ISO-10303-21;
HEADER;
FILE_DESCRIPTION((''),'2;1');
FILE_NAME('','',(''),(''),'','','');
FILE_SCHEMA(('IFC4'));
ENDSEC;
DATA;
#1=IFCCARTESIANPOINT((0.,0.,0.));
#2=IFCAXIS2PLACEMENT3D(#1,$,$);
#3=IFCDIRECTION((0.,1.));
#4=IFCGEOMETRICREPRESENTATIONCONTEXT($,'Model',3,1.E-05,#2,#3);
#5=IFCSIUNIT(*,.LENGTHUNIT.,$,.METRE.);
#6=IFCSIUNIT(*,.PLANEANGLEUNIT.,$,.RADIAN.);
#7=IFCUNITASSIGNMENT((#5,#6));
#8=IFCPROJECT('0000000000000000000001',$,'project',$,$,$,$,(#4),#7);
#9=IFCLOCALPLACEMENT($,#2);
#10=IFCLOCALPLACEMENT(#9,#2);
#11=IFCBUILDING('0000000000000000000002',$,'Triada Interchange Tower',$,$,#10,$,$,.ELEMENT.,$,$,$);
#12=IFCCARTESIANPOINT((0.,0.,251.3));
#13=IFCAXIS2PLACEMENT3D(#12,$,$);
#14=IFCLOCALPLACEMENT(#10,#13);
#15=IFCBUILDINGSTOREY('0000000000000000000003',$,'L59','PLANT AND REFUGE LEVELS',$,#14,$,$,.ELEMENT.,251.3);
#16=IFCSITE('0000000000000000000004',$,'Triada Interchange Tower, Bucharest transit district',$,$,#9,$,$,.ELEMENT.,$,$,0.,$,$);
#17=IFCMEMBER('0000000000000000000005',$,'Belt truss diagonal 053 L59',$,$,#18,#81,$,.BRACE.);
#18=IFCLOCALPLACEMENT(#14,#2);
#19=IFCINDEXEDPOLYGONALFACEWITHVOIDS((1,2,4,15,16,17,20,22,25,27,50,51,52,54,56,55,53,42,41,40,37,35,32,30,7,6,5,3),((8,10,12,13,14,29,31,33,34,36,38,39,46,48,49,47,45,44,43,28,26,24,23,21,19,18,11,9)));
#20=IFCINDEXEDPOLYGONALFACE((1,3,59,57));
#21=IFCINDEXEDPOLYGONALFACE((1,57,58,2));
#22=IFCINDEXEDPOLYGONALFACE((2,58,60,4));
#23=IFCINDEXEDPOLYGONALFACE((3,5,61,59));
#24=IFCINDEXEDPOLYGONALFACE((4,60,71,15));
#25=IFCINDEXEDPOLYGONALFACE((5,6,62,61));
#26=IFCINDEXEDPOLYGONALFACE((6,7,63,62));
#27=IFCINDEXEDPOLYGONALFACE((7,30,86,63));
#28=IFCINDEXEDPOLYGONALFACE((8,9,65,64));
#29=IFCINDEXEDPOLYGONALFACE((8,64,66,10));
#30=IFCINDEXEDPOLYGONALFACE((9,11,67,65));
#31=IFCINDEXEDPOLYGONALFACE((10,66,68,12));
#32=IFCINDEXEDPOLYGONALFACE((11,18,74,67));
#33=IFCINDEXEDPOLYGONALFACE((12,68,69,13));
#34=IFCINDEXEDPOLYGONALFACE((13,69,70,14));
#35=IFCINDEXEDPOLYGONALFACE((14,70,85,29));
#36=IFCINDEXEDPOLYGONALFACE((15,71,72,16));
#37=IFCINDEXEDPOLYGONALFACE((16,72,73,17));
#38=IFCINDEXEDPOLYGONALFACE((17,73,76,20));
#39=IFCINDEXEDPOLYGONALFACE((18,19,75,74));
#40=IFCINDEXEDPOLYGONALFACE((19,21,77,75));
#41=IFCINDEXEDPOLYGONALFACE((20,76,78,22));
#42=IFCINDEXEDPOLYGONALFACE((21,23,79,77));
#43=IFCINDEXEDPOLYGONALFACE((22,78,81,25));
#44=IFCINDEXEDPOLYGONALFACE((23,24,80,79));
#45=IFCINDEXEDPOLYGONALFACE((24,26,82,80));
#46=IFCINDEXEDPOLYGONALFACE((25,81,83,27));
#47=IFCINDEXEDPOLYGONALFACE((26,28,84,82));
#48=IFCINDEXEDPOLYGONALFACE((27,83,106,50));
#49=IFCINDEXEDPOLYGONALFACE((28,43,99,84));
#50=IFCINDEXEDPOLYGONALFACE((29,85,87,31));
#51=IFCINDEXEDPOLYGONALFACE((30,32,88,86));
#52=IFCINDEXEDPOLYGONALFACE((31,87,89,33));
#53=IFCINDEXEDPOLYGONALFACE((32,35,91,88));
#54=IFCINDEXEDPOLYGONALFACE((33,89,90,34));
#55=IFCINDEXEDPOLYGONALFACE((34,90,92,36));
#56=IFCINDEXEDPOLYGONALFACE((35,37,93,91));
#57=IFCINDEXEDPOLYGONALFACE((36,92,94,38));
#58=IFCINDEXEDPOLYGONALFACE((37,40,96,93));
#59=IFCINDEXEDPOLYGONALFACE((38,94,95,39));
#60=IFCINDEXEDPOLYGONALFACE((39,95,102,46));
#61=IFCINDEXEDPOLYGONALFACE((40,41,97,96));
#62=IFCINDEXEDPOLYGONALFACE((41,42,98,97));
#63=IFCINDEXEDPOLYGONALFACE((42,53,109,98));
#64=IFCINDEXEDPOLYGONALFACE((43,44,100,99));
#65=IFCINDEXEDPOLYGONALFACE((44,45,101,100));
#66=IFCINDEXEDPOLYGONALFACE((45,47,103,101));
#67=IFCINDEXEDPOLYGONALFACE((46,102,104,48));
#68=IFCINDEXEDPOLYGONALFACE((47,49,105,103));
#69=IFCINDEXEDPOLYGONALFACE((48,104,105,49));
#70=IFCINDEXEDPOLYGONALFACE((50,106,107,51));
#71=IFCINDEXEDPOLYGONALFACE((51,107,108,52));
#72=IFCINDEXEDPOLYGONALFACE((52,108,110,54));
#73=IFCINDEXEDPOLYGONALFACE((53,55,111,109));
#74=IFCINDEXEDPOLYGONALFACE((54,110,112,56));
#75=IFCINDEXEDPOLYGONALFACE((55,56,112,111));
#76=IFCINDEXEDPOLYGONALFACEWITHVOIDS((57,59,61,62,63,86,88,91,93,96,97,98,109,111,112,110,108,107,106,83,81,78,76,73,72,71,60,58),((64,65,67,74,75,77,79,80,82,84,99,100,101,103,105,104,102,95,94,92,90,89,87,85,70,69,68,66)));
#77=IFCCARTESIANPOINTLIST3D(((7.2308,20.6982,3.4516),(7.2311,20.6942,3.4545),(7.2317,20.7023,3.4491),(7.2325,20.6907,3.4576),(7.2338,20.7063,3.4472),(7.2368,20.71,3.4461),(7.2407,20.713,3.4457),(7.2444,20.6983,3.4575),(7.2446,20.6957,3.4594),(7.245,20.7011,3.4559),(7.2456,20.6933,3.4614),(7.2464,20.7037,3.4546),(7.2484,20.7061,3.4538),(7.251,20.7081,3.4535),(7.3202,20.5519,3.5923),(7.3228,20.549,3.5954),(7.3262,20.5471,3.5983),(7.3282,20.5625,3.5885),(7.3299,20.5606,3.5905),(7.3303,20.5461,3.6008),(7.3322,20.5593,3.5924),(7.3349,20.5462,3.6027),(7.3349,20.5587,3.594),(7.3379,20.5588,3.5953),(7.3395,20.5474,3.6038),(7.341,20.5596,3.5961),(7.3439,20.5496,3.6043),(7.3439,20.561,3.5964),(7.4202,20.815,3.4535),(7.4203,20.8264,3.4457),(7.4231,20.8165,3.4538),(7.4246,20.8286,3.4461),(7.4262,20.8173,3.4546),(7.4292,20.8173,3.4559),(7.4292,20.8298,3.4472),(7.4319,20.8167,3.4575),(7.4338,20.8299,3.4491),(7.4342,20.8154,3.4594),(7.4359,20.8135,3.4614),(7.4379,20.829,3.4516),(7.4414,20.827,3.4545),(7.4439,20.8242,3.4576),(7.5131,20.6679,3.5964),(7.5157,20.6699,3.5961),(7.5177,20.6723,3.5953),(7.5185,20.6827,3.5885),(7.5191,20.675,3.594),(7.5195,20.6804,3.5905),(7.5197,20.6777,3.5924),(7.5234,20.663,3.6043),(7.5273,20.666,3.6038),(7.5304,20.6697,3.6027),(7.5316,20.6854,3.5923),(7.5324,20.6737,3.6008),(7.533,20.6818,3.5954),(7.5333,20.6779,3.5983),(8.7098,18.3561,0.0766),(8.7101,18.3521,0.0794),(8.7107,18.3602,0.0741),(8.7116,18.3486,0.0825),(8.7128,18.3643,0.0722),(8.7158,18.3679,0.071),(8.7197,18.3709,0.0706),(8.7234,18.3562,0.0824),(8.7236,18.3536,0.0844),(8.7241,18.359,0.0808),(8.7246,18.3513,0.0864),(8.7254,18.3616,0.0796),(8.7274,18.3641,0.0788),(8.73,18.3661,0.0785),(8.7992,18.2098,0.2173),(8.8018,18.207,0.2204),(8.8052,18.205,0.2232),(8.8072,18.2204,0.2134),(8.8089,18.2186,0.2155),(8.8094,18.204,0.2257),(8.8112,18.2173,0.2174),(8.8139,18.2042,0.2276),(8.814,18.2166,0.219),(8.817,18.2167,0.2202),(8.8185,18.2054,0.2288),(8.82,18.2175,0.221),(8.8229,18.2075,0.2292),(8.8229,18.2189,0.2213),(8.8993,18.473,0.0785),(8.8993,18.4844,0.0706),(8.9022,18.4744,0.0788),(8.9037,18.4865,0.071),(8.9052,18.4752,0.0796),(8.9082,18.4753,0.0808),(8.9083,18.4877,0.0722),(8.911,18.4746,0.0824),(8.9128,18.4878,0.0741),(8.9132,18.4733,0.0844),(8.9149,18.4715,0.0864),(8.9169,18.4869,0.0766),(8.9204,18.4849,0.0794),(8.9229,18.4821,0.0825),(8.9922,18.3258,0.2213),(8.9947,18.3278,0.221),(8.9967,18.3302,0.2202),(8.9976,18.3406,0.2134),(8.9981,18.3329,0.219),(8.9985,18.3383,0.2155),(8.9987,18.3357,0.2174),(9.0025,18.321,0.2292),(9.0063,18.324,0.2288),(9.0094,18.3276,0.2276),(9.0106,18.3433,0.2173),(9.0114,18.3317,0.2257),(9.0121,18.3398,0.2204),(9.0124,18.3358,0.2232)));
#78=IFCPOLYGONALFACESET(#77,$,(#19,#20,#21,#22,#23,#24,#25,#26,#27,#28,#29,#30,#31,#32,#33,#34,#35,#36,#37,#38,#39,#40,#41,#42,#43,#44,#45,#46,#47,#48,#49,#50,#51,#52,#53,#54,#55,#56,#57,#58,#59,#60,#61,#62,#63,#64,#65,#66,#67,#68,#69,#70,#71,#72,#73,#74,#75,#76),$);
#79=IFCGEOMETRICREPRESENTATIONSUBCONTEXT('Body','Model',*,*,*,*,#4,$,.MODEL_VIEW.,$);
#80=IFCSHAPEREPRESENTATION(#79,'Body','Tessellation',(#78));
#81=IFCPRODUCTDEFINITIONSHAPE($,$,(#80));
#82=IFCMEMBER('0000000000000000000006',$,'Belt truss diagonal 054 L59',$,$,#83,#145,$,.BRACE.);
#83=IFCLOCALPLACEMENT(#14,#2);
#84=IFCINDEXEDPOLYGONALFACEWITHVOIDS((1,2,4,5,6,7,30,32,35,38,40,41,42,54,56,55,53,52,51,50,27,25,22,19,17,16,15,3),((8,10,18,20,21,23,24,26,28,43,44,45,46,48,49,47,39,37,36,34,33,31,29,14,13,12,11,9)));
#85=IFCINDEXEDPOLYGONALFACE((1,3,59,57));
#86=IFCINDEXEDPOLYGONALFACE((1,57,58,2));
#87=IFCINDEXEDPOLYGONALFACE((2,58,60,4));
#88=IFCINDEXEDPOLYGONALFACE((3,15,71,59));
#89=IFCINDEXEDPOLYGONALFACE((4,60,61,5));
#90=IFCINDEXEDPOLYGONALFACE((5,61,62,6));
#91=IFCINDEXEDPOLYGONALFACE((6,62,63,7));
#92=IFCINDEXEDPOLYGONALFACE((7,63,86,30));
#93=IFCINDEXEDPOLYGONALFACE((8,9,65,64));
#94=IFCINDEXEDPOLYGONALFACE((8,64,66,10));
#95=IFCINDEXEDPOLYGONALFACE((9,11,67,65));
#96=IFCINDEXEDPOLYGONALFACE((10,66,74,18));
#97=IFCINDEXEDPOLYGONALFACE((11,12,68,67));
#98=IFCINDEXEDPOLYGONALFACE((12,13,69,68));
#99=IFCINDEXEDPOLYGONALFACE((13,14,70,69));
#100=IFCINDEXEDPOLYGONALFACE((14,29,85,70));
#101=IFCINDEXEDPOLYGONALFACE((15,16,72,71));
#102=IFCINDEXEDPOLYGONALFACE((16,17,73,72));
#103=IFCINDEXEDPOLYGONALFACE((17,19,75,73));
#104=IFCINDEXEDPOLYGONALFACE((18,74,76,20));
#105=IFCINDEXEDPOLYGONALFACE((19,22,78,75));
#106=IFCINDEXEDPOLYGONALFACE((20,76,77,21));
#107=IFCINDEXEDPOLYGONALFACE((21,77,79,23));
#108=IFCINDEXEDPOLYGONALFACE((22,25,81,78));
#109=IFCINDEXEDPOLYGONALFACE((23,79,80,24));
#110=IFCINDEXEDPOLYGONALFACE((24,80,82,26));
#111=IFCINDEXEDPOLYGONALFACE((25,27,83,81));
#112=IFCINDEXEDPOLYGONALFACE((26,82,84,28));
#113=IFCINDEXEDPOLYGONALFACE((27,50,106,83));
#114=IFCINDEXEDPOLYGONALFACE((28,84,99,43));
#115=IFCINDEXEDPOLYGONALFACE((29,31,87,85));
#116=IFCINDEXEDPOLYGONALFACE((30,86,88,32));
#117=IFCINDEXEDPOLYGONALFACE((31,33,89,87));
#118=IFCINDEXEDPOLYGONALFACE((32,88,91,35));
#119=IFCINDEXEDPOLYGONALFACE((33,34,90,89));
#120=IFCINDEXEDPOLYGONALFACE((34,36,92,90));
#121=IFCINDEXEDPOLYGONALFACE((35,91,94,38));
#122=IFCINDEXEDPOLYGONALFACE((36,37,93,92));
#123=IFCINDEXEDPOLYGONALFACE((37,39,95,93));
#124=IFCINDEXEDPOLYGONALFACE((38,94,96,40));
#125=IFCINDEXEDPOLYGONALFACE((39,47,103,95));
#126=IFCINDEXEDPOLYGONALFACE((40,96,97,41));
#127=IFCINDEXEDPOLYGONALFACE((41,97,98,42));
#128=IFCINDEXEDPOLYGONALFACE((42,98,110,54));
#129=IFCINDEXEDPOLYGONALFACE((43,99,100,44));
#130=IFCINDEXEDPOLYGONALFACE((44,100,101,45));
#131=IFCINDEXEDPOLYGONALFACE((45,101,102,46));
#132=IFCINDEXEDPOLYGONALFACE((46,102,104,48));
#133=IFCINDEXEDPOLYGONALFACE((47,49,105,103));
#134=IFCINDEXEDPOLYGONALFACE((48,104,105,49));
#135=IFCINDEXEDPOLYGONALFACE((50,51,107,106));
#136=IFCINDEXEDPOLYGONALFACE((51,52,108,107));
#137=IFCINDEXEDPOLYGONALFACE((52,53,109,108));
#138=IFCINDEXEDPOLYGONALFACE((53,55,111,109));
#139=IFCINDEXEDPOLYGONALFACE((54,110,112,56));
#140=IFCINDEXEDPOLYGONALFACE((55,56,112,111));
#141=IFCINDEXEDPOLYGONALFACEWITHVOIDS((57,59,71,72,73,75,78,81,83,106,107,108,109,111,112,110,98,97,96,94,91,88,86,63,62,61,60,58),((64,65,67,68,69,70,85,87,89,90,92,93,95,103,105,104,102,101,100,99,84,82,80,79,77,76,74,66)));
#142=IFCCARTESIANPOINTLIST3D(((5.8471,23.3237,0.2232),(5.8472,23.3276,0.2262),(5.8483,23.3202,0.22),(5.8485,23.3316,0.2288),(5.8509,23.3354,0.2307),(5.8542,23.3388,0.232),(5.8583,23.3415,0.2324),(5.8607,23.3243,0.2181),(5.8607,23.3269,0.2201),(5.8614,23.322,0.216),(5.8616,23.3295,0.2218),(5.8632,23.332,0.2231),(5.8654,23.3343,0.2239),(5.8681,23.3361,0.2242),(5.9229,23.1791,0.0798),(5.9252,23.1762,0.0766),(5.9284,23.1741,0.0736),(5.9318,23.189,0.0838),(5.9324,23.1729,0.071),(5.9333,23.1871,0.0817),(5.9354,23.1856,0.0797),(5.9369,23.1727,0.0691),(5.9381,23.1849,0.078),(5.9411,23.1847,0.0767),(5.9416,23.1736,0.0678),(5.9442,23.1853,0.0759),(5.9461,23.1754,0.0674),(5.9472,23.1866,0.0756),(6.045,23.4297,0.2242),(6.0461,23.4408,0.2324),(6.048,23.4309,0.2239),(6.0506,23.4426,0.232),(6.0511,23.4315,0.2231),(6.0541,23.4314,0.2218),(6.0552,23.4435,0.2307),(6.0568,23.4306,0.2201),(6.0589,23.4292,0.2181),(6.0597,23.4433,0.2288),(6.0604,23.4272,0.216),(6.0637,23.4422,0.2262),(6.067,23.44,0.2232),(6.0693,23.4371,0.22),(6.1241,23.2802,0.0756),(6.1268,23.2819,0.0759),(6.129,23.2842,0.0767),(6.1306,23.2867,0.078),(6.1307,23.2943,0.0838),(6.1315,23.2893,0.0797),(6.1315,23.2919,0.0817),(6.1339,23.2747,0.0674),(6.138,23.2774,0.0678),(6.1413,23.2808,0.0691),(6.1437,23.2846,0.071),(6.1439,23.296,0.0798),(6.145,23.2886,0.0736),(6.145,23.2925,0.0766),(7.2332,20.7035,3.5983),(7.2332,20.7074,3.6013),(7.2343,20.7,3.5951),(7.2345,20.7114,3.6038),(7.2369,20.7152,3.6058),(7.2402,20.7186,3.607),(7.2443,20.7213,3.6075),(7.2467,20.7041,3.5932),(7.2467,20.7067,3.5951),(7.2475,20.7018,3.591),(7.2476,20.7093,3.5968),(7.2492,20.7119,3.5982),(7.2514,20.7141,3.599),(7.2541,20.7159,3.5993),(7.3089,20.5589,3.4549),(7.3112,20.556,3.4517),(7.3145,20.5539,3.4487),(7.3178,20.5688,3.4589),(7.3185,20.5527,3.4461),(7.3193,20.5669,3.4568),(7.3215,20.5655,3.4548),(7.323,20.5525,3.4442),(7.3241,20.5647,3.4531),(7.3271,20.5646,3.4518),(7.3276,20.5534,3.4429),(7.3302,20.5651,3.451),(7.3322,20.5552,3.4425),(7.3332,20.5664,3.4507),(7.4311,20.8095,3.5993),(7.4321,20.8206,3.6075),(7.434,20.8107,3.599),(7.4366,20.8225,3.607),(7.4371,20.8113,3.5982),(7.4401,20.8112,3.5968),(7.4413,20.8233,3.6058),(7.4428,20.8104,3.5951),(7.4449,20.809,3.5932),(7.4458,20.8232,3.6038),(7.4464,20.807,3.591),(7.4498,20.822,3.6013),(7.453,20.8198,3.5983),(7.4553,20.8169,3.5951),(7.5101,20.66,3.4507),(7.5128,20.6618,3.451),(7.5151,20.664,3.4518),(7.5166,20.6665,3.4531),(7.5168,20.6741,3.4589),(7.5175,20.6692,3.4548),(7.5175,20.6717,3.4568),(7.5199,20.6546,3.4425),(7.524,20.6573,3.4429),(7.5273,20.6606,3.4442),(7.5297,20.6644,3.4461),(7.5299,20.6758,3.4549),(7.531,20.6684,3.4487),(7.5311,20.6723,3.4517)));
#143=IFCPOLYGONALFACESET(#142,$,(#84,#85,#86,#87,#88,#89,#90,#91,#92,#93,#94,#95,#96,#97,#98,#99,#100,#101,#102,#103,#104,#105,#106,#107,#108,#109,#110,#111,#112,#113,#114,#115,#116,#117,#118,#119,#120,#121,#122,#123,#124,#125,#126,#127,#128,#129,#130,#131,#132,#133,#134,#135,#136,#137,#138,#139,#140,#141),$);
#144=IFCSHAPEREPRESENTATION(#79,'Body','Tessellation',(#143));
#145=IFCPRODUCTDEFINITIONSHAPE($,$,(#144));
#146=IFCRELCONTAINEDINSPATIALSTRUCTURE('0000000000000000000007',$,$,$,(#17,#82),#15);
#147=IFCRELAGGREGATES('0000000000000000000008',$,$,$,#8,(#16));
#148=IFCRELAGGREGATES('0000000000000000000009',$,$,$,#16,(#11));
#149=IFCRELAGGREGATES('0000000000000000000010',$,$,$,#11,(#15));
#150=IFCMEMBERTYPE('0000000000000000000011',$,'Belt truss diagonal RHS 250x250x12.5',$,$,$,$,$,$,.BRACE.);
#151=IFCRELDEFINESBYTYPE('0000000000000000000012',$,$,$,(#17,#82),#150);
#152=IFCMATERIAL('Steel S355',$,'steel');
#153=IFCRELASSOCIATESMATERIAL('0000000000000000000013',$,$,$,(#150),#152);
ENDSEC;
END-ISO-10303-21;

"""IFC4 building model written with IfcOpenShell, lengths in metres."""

from ifc_helpers import new_model, si_unit, direction, frame, origin, origin_2d, place, context, subcontext, project, spatial, hollow_rectangle, extrude, material, material_profile, profile_set, type_object, element, save


model = new_model("IFC4")

# Units and contexts
model_context = context("Model", 3, precision=1e-05, world=origin(), true_north=direction((0.0, 1.0)))
body_context = subcontext(model_context, "Body", "Model", "MODEL_VIEW")
ifc_project = project(units=[si_unit("LENGTHUNIT", "METRE"), si_unit("PLANEANGLEUNIT", "RADIAN")], contexts=[model_context])

# Site, building, storey
site_placement = place(None, origin())
site = spatial("IfcSite", under=ifc_project, at=site_placement, Name="Triada Interchange Tower, Bucharest transit district", CompositionType="ELEMENT", RefElevation=0.0)
building_placement = place(site_placement, origin())
building = spatial("IfcBuilding", under=site, at=building_placement, Name="Triada Interchange Tower", CompositionType="ELEMENT")
storey_placement = place(building_placement, frame((0.0, 0.0, 251.3)))
storey = spatial("IfcBuildingStorey", under=building, at=storey_placement, Name="L59", Description="PLANT AND REFUGE LEVELS", CompositionType="ELEMENT", Elevation=251.3)

# Members
ifc_material_1 = material(Name="Steel S355", Category="steel")
ifc_material_profile_1 = material_profile(ifc_material_1, hollow_rectangle(XDim=0.25, YDim=0.25, WallThickness=0.0125, InnerFilletRadius=0.0125, OuterFilletRadius=0.0188, at=origin_2d()), Name="RHS 250x250x12.5")
ifc_profile_set_1 = profile_set([ifc_material_profile_1], Name="Steel S355")
member_type_1 = type_object("IfcMemberType", Name="Belt truss diagonal RHS 250x250x12.5", PredefinedType="BRACE", material=ifc_profile_set_1)
member_1_placement = place(storey_placement, frame((8.8611, 18.3459, 0.1499), z_axis=(-0.338744, 0.536409, 0.772993), x_axis=(-0.845518, -0.533947, 0.0)))
element("IfcMember", 1, at=member_1_placement, inside=storey, type_object=member_type_1, Name="Belt truss diagonal 053 L59", PredefinedType="BRACE", context=body_context, shape_type="SweptSolid", body=[
    extrude(hollow_rectangle(XDim=0.25, YDim=0.25, WallThickness=0.0125, InnerFilletRadius=0.0125, OuterFilletRadius=0.0188, at=origin_2d()), origin(), (0.0, 0.0, 1.0), 4.3662),
])
member_2_placement = place(storey_placement, frame((5.9961, 23.3081, 0.1499), z_axis=(0.308557, -0.583306, 0.751363), x_axis=(0.883946, 0.467589, 0.0)))
element("IfcMember", 2, at=member_2_placement, inside=storey, type_object=member_type_1, Name="Belt truss diagonal 054 L59", PredefinedType="BRACE", context=body_context, shape_type="SweptSolid", body=[
    extrude(hollow_rectangle(XDim=0.25, YDim=0.25, WallThickness=0.0125, InnerFilletRadius=0.0125, OuterFilletRadius=0.0188, at=origin_2d()), origin(), (0.0, 0.0, 1.0), 4.4919),
])

save(model, "model.ifc")
